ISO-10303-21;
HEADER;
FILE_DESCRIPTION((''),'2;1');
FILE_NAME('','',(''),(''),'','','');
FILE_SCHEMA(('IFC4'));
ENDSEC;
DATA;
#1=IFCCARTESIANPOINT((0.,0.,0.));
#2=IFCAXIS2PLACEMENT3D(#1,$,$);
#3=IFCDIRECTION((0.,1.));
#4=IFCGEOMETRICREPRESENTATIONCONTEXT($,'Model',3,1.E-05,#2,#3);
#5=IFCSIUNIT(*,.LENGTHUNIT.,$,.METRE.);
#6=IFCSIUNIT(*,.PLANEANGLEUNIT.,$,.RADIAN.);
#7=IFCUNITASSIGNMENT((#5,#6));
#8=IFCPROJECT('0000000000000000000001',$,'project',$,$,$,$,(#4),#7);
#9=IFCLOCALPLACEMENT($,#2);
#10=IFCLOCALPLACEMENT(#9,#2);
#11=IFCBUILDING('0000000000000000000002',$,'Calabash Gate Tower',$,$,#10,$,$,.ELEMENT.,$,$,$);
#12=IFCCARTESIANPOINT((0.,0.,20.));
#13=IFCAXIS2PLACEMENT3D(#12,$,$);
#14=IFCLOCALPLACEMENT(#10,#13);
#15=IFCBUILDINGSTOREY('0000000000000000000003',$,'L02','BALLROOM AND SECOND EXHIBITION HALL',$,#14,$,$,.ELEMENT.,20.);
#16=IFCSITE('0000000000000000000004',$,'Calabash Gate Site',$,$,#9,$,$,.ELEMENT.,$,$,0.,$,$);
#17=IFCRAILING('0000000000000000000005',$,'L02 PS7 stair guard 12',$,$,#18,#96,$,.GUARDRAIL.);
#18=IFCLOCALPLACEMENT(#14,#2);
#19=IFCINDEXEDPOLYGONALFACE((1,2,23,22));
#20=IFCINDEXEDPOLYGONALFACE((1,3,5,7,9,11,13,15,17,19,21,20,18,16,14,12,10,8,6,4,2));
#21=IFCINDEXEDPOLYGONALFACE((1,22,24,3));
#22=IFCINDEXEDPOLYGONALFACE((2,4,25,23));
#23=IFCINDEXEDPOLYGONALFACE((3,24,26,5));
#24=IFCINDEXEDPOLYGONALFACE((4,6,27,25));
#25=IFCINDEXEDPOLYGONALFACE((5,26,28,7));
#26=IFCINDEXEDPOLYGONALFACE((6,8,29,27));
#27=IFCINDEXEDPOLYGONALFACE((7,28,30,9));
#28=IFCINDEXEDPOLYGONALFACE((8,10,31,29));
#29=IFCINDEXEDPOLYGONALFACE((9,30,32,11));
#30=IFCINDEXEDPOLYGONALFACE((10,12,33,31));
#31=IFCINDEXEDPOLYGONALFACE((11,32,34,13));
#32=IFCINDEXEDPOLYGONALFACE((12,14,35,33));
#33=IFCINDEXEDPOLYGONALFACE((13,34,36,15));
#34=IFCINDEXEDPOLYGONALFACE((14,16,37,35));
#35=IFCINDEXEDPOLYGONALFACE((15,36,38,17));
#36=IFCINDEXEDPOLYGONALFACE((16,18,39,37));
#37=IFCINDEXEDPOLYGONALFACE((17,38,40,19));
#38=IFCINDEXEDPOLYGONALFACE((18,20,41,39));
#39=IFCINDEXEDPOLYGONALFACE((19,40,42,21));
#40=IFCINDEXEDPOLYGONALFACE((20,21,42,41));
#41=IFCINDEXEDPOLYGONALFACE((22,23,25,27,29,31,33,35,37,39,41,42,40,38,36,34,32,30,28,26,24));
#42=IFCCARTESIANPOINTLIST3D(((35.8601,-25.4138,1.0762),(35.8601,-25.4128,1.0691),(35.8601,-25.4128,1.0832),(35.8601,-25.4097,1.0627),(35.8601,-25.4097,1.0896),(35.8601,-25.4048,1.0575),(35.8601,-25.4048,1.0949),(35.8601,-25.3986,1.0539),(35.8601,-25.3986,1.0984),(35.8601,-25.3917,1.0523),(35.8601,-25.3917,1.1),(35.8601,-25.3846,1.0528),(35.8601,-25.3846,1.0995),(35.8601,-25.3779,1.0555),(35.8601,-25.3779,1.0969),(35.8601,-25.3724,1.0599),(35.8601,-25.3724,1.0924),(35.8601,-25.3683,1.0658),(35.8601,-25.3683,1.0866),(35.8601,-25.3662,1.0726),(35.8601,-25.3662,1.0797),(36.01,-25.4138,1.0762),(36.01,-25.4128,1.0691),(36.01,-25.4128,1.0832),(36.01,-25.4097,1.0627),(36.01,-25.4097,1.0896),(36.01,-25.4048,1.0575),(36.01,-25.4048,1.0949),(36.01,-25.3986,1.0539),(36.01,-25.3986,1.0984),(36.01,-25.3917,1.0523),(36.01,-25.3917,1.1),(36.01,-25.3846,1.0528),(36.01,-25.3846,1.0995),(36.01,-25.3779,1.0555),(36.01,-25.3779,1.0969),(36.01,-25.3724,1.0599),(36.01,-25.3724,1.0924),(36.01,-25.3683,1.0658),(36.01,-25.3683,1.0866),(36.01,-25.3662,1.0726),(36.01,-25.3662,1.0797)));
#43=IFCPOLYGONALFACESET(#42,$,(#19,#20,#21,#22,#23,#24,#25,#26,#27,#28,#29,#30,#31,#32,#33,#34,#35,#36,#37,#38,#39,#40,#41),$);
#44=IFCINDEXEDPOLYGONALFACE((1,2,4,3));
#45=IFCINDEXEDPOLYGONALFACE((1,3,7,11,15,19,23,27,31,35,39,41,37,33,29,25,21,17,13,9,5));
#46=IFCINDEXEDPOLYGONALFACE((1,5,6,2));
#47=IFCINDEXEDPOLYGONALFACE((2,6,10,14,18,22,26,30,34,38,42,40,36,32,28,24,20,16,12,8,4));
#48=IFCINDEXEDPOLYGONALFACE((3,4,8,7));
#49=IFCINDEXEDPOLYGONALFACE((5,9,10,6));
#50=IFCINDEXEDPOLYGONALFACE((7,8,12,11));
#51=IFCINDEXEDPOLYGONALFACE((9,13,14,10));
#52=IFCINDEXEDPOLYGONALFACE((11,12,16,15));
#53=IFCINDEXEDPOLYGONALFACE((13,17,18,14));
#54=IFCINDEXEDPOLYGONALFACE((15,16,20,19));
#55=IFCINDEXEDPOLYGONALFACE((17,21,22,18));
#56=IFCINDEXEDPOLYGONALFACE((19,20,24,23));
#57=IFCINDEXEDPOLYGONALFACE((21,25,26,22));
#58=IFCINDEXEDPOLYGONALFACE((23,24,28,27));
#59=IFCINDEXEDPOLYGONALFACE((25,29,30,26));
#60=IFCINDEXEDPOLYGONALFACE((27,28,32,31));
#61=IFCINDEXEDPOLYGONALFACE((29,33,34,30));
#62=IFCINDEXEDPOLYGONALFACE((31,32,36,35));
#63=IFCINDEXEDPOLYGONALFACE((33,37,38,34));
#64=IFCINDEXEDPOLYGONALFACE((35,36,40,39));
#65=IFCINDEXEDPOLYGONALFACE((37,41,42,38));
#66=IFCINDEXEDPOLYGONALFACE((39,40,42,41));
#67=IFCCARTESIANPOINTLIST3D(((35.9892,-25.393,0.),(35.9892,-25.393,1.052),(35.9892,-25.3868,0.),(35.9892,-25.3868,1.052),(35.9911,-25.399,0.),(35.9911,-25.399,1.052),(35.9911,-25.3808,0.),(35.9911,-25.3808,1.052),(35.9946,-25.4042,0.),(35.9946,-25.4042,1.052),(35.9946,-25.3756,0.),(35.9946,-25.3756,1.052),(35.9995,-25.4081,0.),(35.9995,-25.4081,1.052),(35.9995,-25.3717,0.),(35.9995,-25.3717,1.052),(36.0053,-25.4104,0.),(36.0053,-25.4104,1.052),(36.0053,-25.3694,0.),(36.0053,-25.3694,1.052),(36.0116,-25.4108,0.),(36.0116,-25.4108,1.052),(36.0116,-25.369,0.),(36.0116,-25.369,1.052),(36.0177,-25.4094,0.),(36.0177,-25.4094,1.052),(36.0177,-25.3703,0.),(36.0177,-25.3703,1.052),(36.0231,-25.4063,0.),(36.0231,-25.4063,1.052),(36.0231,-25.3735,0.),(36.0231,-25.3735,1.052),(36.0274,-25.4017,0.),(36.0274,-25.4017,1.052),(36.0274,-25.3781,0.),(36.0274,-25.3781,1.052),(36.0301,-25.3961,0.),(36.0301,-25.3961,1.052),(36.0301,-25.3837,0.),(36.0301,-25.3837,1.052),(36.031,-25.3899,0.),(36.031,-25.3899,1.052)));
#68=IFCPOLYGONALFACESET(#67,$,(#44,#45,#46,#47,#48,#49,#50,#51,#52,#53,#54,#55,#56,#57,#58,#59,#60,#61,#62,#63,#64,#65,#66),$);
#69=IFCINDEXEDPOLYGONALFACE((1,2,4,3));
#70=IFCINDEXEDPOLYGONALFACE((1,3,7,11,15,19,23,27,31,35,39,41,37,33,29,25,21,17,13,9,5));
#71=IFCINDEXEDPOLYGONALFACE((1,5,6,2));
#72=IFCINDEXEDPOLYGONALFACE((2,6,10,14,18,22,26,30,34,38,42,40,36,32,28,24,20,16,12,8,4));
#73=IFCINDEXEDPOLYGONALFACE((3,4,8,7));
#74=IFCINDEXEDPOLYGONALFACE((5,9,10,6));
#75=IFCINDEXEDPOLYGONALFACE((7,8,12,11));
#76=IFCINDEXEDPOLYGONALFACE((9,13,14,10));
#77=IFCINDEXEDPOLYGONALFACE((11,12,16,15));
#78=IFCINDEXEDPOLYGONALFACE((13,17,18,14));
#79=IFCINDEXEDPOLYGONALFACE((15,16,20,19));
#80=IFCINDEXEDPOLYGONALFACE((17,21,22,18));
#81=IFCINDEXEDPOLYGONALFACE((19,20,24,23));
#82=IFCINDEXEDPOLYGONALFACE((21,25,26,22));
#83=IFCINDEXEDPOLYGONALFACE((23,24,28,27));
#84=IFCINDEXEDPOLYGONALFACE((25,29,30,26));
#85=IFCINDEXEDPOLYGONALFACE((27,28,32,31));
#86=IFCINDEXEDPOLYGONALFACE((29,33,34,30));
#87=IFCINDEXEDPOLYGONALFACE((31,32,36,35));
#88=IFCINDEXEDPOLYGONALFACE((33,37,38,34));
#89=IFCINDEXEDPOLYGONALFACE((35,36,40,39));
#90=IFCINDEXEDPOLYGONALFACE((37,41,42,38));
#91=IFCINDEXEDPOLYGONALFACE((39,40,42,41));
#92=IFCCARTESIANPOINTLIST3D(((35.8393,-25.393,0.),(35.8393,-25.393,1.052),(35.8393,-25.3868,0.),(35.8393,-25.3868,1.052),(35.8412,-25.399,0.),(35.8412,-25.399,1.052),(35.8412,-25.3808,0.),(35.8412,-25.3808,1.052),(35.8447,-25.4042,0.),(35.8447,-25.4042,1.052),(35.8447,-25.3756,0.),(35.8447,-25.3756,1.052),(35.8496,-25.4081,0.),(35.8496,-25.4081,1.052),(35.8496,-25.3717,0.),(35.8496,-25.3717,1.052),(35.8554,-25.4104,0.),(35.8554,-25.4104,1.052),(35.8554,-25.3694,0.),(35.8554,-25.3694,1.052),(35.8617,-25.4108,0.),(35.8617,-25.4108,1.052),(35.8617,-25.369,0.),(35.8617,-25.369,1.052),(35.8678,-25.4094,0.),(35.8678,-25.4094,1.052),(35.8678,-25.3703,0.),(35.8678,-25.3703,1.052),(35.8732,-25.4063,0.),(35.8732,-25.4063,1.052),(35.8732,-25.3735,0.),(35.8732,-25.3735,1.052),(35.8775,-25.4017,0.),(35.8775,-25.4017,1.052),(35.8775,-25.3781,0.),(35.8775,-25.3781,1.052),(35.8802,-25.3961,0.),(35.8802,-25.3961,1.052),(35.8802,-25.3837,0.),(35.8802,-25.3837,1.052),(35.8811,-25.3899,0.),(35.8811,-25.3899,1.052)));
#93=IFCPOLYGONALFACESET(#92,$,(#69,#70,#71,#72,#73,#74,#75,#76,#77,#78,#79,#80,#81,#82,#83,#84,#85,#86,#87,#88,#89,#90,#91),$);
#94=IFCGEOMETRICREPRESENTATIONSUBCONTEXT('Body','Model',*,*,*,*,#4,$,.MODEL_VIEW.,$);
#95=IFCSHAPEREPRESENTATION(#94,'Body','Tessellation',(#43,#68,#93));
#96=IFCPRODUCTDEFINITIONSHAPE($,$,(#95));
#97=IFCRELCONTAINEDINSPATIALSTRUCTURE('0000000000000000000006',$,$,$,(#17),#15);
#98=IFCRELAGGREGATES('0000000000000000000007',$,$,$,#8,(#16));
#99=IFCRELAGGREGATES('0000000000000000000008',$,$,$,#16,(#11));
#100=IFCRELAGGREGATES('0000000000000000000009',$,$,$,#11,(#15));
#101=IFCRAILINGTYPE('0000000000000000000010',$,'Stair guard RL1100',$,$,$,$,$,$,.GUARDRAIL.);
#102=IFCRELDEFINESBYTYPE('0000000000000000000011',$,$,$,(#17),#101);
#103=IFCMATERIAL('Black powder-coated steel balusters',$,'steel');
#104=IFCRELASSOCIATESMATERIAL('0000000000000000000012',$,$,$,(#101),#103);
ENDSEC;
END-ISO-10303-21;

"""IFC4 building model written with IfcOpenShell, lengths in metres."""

from ifc_helpers import new_model, si_unit, direction, frame, origin, origin_2d, place, context, subcontext, project, spatial, circle, extrude, material, type_object, element, save


model = new_model("IFC4")

# Units and contexts
model_context = context("Model", 3, precision=1e-05, world=origin(), true_north=direction((0.0, 1.0)))
body_context = subcontext(model_context, "Body", "Model", "MODEL_VIEW")
ifc_project = project(units=[si_unit("LENGTHUNIT", "METRE"), si_unit("PLANEANGLEUNIT", "RADIAN")], contexts=[model_context])

# Site, building, storey
site_placement = place(None, origin())
site = spatial("IfcSite", under=ifc_project, at=site_placement, Name="Calabash Gate Site", CompositionType="ELEMENT", RefElevation=0.0)
building_placement = place(site_placement, origin())
building = spatial("IfcBuilding", under=site, at=building_placement, Name="Calabash Gate Tower", CompositionType="ELEMENT")
storey_placement = place(building_placement, frame((0.0, 0.0, 20.0)))
storey = spatial("IfcBuildingStorey", under=building, at=storey_placement, Name="L02", Description="BALLROOM AND SECOND EXHIBITION HALL", CompositionType="ELEMENT", Elevation=20.0)

# Railing
ifc_material_1 = material(Name="Black powder-coated steel balusters", Category="steel")
railing_type_1 = type_object("IfcRailingType", Name="Stair guard RL1100", PredefinedType="GUARDRAIL", material=ifc_material_1)
railing_1_placement = place(storey_placement, frame((36.01, -25.3899, 0.0)))
element("IfcRailing", 1, at=railing_1_placement, inside=storey, type_object=railing_type_1, Name="L02 PS7 stair guard 12", PredefinedType="GUARDRAIL", context=body_context, shape_type="SweptSolid", body=[
    extrude(circle(Radius=0.0239, at=origin_2d()), frame((0.0, 0.0, 1.0762), z_axis=(-1.0, 0.0, 0.0), x_axis=(0.0, -1.0, 0.0)), (0.0, 0.0, 1.0), 0.1499),
    extrude(circle(Radius=0.021, at=origin_2d()), origin(), (0.0, 0.0, 1.0), 1.052),
    extrude(circle(Radius=0.021, at=origin_2d()), frame((-0.1499, 0.0, 0.0)), (0.0, 0.0, 1.0), 1.052),
])

save(model, "model.ifc")
